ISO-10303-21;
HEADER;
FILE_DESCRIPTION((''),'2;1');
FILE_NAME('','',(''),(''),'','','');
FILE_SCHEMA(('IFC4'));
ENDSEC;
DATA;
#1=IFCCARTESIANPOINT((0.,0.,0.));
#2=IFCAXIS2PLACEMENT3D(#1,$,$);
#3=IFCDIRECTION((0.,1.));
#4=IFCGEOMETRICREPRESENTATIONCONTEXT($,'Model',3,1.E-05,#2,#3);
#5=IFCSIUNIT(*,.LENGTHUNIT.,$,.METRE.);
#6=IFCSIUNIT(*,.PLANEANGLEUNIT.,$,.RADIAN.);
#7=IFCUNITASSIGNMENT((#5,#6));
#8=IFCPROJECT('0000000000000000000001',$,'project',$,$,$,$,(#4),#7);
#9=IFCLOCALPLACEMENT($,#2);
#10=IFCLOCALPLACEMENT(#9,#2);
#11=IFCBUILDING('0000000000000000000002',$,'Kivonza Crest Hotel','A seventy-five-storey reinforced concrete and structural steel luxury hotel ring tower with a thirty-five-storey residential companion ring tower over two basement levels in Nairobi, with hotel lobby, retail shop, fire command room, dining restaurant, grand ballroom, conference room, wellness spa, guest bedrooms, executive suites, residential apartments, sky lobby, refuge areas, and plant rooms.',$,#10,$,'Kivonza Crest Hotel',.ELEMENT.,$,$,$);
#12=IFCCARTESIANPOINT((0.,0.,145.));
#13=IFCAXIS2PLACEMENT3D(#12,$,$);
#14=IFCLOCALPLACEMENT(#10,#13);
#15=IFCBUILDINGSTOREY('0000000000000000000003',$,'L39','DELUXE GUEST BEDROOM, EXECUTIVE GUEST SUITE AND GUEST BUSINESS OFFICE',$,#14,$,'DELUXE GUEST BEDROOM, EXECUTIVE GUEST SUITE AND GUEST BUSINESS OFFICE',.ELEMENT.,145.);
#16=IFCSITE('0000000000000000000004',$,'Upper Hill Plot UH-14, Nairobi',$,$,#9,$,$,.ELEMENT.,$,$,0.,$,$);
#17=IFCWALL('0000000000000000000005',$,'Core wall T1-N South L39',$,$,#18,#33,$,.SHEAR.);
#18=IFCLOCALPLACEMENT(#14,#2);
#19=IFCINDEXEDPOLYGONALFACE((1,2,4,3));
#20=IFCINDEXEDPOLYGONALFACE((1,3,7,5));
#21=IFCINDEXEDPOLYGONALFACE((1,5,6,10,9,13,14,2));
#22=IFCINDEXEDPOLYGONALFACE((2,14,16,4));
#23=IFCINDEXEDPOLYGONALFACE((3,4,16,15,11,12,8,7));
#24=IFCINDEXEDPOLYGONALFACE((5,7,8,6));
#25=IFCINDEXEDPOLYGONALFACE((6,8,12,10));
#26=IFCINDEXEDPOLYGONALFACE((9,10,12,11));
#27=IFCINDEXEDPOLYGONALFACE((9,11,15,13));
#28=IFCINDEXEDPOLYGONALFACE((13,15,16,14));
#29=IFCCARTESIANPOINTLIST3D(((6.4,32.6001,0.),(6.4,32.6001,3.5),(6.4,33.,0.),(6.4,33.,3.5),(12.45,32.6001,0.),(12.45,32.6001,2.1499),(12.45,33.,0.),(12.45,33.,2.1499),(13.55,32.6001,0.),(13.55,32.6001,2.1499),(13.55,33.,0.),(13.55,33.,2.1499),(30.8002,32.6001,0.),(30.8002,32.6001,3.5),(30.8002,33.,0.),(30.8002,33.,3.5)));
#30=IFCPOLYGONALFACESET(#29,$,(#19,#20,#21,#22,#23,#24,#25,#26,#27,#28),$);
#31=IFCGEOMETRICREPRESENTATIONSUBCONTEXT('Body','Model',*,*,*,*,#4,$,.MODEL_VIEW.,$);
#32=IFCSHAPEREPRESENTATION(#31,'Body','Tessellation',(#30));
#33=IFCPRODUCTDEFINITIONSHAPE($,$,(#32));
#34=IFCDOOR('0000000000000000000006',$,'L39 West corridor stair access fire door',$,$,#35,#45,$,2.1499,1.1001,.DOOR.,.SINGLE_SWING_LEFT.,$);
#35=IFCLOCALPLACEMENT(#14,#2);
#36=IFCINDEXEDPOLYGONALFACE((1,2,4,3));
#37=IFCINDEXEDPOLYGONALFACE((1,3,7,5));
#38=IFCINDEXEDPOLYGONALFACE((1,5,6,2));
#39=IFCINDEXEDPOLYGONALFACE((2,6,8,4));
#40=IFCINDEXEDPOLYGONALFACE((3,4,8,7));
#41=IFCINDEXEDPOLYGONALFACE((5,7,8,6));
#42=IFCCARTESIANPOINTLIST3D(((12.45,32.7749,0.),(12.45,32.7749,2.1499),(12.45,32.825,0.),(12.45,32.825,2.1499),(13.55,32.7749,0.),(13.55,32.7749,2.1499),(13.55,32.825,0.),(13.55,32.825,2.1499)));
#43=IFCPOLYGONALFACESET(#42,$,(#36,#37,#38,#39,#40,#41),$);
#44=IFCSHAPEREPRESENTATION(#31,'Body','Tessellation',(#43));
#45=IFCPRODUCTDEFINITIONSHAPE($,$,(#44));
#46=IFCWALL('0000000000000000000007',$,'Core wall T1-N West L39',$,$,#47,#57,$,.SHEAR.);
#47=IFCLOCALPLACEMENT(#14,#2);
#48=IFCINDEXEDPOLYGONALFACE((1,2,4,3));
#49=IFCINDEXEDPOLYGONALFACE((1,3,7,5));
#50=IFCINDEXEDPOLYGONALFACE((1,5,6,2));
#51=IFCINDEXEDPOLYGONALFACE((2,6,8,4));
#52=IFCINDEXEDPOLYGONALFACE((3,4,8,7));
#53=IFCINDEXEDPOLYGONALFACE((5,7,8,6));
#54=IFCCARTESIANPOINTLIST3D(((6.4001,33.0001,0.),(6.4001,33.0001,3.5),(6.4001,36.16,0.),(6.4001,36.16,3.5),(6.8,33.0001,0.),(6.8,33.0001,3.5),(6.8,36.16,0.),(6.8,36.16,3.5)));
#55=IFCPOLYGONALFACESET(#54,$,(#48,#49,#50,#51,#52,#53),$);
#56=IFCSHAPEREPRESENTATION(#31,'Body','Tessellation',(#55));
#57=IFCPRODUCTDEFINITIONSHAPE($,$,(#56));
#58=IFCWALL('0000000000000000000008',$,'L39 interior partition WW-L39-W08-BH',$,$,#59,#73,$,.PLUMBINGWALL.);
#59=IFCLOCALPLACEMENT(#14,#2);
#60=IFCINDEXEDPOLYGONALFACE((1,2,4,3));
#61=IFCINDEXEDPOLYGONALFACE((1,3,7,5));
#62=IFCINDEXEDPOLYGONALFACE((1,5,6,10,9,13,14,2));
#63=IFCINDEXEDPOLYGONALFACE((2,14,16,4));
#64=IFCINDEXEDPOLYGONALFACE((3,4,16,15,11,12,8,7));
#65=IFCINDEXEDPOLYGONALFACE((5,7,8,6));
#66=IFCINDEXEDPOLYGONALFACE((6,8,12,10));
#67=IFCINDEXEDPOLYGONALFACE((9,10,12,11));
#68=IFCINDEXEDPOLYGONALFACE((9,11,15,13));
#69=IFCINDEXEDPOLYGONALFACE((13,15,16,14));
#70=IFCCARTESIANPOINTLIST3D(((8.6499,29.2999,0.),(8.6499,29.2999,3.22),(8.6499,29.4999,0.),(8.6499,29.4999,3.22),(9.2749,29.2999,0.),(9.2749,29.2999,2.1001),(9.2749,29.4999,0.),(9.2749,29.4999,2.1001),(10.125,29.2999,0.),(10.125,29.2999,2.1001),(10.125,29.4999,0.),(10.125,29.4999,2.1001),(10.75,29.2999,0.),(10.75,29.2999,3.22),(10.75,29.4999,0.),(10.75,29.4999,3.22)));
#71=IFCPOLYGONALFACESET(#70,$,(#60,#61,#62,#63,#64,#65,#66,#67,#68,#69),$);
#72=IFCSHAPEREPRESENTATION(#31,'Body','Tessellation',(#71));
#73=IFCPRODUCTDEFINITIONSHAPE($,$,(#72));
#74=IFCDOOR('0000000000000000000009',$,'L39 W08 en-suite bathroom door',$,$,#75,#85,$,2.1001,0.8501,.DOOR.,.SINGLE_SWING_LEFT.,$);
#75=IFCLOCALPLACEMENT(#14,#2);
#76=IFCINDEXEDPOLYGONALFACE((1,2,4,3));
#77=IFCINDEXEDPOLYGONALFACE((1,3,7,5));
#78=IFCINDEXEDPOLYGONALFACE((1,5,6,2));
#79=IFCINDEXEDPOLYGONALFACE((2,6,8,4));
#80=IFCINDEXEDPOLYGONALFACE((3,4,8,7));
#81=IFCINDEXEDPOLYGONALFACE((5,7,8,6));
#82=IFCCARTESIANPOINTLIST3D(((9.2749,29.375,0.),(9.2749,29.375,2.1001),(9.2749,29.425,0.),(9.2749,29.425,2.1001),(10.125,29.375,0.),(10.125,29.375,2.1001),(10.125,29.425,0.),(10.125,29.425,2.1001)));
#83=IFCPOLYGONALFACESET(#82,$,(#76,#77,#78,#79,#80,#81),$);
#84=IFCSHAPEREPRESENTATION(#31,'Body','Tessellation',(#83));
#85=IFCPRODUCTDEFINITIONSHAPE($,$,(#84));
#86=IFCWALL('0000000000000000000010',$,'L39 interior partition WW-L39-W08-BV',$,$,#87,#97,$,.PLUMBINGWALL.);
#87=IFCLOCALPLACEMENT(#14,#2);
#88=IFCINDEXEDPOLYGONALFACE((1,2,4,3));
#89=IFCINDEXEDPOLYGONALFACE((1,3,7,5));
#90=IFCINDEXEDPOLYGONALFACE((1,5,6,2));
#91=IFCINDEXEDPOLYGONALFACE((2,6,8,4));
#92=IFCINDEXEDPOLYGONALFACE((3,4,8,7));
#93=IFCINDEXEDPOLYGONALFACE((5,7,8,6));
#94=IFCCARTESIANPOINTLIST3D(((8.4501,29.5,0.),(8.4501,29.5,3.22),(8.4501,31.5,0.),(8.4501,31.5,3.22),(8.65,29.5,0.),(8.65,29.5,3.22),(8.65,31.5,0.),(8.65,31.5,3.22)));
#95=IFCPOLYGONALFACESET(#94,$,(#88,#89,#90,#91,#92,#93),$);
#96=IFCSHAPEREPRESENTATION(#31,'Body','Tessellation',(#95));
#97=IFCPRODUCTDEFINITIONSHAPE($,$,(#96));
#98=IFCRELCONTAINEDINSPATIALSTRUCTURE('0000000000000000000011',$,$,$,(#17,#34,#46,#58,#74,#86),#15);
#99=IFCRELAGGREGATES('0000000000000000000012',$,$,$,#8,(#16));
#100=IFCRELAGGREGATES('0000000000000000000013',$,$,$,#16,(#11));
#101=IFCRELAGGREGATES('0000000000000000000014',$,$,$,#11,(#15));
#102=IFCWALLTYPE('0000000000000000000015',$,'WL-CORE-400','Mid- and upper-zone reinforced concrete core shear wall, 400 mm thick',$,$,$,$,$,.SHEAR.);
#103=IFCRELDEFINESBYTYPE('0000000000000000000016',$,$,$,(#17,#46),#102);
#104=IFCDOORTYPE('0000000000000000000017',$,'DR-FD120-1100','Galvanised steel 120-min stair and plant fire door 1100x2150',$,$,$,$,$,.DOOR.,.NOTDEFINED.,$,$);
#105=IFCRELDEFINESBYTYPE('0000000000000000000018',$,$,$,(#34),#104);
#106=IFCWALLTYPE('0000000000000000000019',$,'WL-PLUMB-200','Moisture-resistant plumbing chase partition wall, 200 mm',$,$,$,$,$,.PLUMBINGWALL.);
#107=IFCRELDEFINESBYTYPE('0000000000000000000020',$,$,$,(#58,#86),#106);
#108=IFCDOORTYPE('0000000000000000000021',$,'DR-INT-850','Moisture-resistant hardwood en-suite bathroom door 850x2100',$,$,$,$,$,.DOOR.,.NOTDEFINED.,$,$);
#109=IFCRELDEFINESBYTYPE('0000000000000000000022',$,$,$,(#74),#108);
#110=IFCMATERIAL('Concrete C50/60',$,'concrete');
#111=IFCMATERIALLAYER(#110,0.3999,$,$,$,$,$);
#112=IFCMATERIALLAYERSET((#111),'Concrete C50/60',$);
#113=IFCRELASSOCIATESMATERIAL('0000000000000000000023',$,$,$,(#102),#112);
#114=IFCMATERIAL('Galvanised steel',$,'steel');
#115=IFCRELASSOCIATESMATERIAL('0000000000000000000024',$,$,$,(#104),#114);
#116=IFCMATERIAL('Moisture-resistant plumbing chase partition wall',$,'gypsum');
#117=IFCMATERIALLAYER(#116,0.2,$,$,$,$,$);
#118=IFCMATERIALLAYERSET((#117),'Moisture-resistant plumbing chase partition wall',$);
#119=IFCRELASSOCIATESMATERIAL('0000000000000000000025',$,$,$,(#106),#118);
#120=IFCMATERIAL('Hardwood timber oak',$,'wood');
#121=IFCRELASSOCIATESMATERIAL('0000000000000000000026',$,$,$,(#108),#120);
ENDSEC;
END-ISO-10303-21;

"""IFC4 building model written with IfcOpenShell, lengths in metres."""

from ifc_helpers import new_model, si_unit, direction, frame, frame_2d, origin, place, context, subcontext, project, spatial, rectangle, extrude, material, layer, layer_set, type_object, element, fill, save


model = new_model("IFC4")

# Units and contexts
model_context = context("Model", 3, precision=1e-05, world=origin(), true_north=direction((0.0, 1.0)))
body_context = subcontext(model_context, "Body", "Model", "MODEL_VIEW")
ifc_project = project(units=[si_unit("LENGTHUNIT", "METRE"), si_unit("PLANEANGLEUNIT", "RADIAN")], contexts=[model_context])

# Site, building, storey
site_placement = place(None, origin())
site = spatial("IfcSite", under=ifc_project, at=site_placement, Name="Upper Hill Plot UH-14, Nairobi", CompositionType="ELEMENT", RefElevation=0.0)
building_placement = place(site_placement, origin())
building = spatial("IfcBuilding", under=site, at=building_placement, Name="Kivonza Crest Hotel", Description="A seventy-five-storey reinforced concrete and structural steel luxury hotel ring tower with a thirty-five-storey residential companion ring tower over two basement levels in Nairobi, with hotel lobby, retail shop, fire command room, dining restaurant, grand ballroom, conference room, wellness spa, guest bedrooms, executive suites, residential apartments, sky lobby, refuge areas, and plant rooms.", LongName="Kivonza Crest Hotel", CompositionType="ELEMENT")
storey_placement = place(building_placement, frame((0.0, 0.0, 145.0)))
storey = spatial("IfcBuildingStorey", under=building, at=storey_placement, Name="L39", Description="DELUXE GUEST BEDROOM, EXECUTIVE GUEST SUITE AND GUEST BUSINESS OFFICE", LongName="DELUXE GUEST BEDROOM, EXECUTIVE GUEST SUITE AND GUEST BUSINESS OFFICE", CompositionType="ELEMENT", Elevation=145.0)

# Shared definitions
ifc_material_1 = material(Name="Concrete C50/60", Category="concrete")

# Wall, opening, door
ifc_layer_1 = layer(ifc_material_1, 0.3999)
ifc_layer_set_1 = layer_set([ifc_layer_1], Name="Concrete C50/60")
wall_type_1 = type_object("IfcWallType", Name="WL-CORE-400", Description="Mid- and upper-zone reinforced concrete core shear wall, 400 mm thick", PredefinedType="SHEAR", material=ifc_layer_set_1)
wall_1_placement = place(storey_placement, frame((6.3999, 32.8, 0.0), z_axis=(0.0, 0.0, 1.0), x_axis=(1.0, 0.0, 0.0)))
wall_1 = element("IfcWall", 1, at=wall_1_placement, inside=storey, type_object=wall_type_1, Name="Core wall T1-N South L39", PredefinedType="SHEAR", context=body_context, shape_type="SweptSolid", body=[
    extrude(rectangle(XDim=24.4001, YDim=0.3999, at=frame_2d((12.2002, 0.0))), origin(), (0.0, 0.0, 1.0), 3.5),
])
opening_1_placement = place(wall_1_placement, frame((6.05, 0.0, 0.0)))
opening_1 = element("IfcOpeningElement", 2, at=opening_1_placement, cuts=wall_1, PredefinedType="OPENING", context=body_context, shape_type="SweptSolid", body=[
    extrude(rectangle(XDim=1.1001, YDim=2.1499, at=frame_2d((0.55, 1.075))), frame((0.0, 0.21, 0.0), z_axis=(0.0, -1.0, 0.0), x_axis=(1.0, 0.0, 0.0)), (0.0, 0.0, 1.0), 0.4199),
])
ifc_material_2 = material(Name="Galvanised steel", Category="steel")
door_type_1 = type_object("IfcDoorType", Name="DR-FD120-1100", Description="Galvanised steel 120-min stair and plant fire door 1100x2150", OperationType="NOTDEFINED", PredefinedType="DOOR", material=ifc_material_2)
door_1_placement = place(opening_1_placement, origin())
door_1 = element("IfcDoor", 3, at=door_1_placement, inside=storey, type_object=door_type_1, Name="L39 West corridor stair access fire door", OperationType="SINGLE_SWING_LEFT", OverallHeight=2.1499, OverallWidth=1.1001, PredefinedType="DOOR", context=body_context, shape_type="SweptSolid", body=[
    extrude(rectangle(XDim=1.1001, YDim=2.1499, at=frame_2d((0.55, 1.075))), frame((0.0, 0.0249, 0.0), z_axis=(0.0, -1.0, 0.0), x_axis=(1.0, 0.0, 0.0)), (0.0, 0.0, 1.0), 0.05),
])
fill(opening_1, door_1)

# Wall
wall_2_placement = place(storey_placement, frame((6.6001, 33.0, 0.0), z_axis=(0.0, 0.0, 1.0), x_axis=(0.0, 1.0, 0.0)))
element("IfcWall", 4, at=wall_2_placement, inside=storey, type_object=wall_type_1, Name="Core wall T1-N West L39", PredefinedType="SHEAR", context=body_context, shape_type="SweptSolid", body=[
    extrude(rectangle(XDim=3.1599, YDim=0.3999, at=frame_2d((1.5801, 0.0))), origin(), (0.0, 0.0, 1.0), 3.5),
])

# Wall, opening, door
ifc_material_3 = material(Name="Moisture-resistant plumbing chase partition wall", Category="gypsum")
ifc_layer_2 = layer(ifc_material_3, 0.2)
ifc_layer_set_2 = layer_set([ifc_layer_2], Name="Moisture-resistant plumbing chase partition wall")
wall_type_2 = type_object("IfcWallType", Name="WL-PLUMB-200", Description="Moisture-resistant plumbing chase partition wall, 200 mm", PredefinedType="PLUMBINGWALL", material=ifc_layer_set_2)
wall_3_placement = place(storey_placement, frame((8.6499, 29.3999, 0.0), z_axis=(0.0, 0.0, 1.0), x_axis=(1.0, 0.0, 0.0)))
wall_3 = element("IfcWall", 5, at=wall_3_placement, inside=storey, type_object=wall_type_2, Name="L39 interior partition WW-L39-W08-BH", PredefinedType="PLUMBINGWALL", context=body_context, shape_type="SweptSolid", body=[
    extrude(rectangle(XDim=2.1001, YDim=0.2, at=frame_2d((1.05, 0.0))), origin(), (0.0, 0.0, 1.0), 3.22),
])
opening_2_placement = place(wall_3_placement, frame((0.625, 0.0, 0.0)))
opening_2 = element("IfcOpeningElement", 6, at=opening_2_placement, cuts=wall_3, PredefinedType="OPENING", context=body_context, shape_type="SweptSolid", body=[
    extrude(rectangle(XDim=0.8501, YDim=2.1001, at=frame_2d((0.425, 1.05))), frame((0.0, 0.1099, 0.0), z_axis=(0.0, -1.0, 0.0), x_axis=(1.0, 0.0, 0.0)), (0.0, 0.0, 1.0), 0.22),
])
ifc_material_4 = material(Name="Hardwood timber oak", Category="wood")
door_type_2 = type_object("IfcDoorType", Name="DR-INT-850", Description="Moisture-resistant hardwood en-suite bathroom door 850x2100", OperationType="NOTDEFINED", PredefinedType="DOOR", material=ifc_material_4)
door_2_placement = place(opening_2_placement, frame((0.8501, 0.0, 0.0), z_axis=(0.0, 0.0, 1.0), x_axis=(-1.0, 0.0, 0.0)))
door_2 = element("IfcDoor", 7, at=door_2_placement, inside=storey, type_object=door_type_2, Name="L39 W08 en-suite bathroom door", OperationType="SINGLE_SWING_LEFT", OverallHeight=2.1001, OverallWidth=0.8501, PredefinedType="DOOR", context=body_context, shape_type="SweptSolid", body=[
    extrude(rectangle(XDim=0.8501, YDim=2.1001, at=frame_2d((0.425, 1.05))), frame((0.0, 0.0249, 0.0), z_axis=(0.0, -1.0, 0.0), x_axis=(1.0, 0.0, 0.0)), (0.0, 0.0, 1.0), 0.05),
])
fill(opening_2, door_2)

# Wall
wall_4_placement = place(storey_placement, frame((8.55, 29.5, 0.0), z_axis=(0.0, 0.0, 1.0), x_axis=(0.0, 1.0, 0.0)))
element("IfcWall", 8, at=wall_4_placement, inside=storey, type_object=wall_type_2, Name="L39 interior partition WW-L39-W08-BV", PredefinedType="PLUMBINGWALL", context=body_context, shape_type="SweptSolid", body=[
    extrude(rectangle(XDim=2.0, YDim=0.2, at=frame_2d((1.0, 0.0))), origin(), (0.0, 0.0, 1.0), 3.22),
])

save(model, "model.ifc")
